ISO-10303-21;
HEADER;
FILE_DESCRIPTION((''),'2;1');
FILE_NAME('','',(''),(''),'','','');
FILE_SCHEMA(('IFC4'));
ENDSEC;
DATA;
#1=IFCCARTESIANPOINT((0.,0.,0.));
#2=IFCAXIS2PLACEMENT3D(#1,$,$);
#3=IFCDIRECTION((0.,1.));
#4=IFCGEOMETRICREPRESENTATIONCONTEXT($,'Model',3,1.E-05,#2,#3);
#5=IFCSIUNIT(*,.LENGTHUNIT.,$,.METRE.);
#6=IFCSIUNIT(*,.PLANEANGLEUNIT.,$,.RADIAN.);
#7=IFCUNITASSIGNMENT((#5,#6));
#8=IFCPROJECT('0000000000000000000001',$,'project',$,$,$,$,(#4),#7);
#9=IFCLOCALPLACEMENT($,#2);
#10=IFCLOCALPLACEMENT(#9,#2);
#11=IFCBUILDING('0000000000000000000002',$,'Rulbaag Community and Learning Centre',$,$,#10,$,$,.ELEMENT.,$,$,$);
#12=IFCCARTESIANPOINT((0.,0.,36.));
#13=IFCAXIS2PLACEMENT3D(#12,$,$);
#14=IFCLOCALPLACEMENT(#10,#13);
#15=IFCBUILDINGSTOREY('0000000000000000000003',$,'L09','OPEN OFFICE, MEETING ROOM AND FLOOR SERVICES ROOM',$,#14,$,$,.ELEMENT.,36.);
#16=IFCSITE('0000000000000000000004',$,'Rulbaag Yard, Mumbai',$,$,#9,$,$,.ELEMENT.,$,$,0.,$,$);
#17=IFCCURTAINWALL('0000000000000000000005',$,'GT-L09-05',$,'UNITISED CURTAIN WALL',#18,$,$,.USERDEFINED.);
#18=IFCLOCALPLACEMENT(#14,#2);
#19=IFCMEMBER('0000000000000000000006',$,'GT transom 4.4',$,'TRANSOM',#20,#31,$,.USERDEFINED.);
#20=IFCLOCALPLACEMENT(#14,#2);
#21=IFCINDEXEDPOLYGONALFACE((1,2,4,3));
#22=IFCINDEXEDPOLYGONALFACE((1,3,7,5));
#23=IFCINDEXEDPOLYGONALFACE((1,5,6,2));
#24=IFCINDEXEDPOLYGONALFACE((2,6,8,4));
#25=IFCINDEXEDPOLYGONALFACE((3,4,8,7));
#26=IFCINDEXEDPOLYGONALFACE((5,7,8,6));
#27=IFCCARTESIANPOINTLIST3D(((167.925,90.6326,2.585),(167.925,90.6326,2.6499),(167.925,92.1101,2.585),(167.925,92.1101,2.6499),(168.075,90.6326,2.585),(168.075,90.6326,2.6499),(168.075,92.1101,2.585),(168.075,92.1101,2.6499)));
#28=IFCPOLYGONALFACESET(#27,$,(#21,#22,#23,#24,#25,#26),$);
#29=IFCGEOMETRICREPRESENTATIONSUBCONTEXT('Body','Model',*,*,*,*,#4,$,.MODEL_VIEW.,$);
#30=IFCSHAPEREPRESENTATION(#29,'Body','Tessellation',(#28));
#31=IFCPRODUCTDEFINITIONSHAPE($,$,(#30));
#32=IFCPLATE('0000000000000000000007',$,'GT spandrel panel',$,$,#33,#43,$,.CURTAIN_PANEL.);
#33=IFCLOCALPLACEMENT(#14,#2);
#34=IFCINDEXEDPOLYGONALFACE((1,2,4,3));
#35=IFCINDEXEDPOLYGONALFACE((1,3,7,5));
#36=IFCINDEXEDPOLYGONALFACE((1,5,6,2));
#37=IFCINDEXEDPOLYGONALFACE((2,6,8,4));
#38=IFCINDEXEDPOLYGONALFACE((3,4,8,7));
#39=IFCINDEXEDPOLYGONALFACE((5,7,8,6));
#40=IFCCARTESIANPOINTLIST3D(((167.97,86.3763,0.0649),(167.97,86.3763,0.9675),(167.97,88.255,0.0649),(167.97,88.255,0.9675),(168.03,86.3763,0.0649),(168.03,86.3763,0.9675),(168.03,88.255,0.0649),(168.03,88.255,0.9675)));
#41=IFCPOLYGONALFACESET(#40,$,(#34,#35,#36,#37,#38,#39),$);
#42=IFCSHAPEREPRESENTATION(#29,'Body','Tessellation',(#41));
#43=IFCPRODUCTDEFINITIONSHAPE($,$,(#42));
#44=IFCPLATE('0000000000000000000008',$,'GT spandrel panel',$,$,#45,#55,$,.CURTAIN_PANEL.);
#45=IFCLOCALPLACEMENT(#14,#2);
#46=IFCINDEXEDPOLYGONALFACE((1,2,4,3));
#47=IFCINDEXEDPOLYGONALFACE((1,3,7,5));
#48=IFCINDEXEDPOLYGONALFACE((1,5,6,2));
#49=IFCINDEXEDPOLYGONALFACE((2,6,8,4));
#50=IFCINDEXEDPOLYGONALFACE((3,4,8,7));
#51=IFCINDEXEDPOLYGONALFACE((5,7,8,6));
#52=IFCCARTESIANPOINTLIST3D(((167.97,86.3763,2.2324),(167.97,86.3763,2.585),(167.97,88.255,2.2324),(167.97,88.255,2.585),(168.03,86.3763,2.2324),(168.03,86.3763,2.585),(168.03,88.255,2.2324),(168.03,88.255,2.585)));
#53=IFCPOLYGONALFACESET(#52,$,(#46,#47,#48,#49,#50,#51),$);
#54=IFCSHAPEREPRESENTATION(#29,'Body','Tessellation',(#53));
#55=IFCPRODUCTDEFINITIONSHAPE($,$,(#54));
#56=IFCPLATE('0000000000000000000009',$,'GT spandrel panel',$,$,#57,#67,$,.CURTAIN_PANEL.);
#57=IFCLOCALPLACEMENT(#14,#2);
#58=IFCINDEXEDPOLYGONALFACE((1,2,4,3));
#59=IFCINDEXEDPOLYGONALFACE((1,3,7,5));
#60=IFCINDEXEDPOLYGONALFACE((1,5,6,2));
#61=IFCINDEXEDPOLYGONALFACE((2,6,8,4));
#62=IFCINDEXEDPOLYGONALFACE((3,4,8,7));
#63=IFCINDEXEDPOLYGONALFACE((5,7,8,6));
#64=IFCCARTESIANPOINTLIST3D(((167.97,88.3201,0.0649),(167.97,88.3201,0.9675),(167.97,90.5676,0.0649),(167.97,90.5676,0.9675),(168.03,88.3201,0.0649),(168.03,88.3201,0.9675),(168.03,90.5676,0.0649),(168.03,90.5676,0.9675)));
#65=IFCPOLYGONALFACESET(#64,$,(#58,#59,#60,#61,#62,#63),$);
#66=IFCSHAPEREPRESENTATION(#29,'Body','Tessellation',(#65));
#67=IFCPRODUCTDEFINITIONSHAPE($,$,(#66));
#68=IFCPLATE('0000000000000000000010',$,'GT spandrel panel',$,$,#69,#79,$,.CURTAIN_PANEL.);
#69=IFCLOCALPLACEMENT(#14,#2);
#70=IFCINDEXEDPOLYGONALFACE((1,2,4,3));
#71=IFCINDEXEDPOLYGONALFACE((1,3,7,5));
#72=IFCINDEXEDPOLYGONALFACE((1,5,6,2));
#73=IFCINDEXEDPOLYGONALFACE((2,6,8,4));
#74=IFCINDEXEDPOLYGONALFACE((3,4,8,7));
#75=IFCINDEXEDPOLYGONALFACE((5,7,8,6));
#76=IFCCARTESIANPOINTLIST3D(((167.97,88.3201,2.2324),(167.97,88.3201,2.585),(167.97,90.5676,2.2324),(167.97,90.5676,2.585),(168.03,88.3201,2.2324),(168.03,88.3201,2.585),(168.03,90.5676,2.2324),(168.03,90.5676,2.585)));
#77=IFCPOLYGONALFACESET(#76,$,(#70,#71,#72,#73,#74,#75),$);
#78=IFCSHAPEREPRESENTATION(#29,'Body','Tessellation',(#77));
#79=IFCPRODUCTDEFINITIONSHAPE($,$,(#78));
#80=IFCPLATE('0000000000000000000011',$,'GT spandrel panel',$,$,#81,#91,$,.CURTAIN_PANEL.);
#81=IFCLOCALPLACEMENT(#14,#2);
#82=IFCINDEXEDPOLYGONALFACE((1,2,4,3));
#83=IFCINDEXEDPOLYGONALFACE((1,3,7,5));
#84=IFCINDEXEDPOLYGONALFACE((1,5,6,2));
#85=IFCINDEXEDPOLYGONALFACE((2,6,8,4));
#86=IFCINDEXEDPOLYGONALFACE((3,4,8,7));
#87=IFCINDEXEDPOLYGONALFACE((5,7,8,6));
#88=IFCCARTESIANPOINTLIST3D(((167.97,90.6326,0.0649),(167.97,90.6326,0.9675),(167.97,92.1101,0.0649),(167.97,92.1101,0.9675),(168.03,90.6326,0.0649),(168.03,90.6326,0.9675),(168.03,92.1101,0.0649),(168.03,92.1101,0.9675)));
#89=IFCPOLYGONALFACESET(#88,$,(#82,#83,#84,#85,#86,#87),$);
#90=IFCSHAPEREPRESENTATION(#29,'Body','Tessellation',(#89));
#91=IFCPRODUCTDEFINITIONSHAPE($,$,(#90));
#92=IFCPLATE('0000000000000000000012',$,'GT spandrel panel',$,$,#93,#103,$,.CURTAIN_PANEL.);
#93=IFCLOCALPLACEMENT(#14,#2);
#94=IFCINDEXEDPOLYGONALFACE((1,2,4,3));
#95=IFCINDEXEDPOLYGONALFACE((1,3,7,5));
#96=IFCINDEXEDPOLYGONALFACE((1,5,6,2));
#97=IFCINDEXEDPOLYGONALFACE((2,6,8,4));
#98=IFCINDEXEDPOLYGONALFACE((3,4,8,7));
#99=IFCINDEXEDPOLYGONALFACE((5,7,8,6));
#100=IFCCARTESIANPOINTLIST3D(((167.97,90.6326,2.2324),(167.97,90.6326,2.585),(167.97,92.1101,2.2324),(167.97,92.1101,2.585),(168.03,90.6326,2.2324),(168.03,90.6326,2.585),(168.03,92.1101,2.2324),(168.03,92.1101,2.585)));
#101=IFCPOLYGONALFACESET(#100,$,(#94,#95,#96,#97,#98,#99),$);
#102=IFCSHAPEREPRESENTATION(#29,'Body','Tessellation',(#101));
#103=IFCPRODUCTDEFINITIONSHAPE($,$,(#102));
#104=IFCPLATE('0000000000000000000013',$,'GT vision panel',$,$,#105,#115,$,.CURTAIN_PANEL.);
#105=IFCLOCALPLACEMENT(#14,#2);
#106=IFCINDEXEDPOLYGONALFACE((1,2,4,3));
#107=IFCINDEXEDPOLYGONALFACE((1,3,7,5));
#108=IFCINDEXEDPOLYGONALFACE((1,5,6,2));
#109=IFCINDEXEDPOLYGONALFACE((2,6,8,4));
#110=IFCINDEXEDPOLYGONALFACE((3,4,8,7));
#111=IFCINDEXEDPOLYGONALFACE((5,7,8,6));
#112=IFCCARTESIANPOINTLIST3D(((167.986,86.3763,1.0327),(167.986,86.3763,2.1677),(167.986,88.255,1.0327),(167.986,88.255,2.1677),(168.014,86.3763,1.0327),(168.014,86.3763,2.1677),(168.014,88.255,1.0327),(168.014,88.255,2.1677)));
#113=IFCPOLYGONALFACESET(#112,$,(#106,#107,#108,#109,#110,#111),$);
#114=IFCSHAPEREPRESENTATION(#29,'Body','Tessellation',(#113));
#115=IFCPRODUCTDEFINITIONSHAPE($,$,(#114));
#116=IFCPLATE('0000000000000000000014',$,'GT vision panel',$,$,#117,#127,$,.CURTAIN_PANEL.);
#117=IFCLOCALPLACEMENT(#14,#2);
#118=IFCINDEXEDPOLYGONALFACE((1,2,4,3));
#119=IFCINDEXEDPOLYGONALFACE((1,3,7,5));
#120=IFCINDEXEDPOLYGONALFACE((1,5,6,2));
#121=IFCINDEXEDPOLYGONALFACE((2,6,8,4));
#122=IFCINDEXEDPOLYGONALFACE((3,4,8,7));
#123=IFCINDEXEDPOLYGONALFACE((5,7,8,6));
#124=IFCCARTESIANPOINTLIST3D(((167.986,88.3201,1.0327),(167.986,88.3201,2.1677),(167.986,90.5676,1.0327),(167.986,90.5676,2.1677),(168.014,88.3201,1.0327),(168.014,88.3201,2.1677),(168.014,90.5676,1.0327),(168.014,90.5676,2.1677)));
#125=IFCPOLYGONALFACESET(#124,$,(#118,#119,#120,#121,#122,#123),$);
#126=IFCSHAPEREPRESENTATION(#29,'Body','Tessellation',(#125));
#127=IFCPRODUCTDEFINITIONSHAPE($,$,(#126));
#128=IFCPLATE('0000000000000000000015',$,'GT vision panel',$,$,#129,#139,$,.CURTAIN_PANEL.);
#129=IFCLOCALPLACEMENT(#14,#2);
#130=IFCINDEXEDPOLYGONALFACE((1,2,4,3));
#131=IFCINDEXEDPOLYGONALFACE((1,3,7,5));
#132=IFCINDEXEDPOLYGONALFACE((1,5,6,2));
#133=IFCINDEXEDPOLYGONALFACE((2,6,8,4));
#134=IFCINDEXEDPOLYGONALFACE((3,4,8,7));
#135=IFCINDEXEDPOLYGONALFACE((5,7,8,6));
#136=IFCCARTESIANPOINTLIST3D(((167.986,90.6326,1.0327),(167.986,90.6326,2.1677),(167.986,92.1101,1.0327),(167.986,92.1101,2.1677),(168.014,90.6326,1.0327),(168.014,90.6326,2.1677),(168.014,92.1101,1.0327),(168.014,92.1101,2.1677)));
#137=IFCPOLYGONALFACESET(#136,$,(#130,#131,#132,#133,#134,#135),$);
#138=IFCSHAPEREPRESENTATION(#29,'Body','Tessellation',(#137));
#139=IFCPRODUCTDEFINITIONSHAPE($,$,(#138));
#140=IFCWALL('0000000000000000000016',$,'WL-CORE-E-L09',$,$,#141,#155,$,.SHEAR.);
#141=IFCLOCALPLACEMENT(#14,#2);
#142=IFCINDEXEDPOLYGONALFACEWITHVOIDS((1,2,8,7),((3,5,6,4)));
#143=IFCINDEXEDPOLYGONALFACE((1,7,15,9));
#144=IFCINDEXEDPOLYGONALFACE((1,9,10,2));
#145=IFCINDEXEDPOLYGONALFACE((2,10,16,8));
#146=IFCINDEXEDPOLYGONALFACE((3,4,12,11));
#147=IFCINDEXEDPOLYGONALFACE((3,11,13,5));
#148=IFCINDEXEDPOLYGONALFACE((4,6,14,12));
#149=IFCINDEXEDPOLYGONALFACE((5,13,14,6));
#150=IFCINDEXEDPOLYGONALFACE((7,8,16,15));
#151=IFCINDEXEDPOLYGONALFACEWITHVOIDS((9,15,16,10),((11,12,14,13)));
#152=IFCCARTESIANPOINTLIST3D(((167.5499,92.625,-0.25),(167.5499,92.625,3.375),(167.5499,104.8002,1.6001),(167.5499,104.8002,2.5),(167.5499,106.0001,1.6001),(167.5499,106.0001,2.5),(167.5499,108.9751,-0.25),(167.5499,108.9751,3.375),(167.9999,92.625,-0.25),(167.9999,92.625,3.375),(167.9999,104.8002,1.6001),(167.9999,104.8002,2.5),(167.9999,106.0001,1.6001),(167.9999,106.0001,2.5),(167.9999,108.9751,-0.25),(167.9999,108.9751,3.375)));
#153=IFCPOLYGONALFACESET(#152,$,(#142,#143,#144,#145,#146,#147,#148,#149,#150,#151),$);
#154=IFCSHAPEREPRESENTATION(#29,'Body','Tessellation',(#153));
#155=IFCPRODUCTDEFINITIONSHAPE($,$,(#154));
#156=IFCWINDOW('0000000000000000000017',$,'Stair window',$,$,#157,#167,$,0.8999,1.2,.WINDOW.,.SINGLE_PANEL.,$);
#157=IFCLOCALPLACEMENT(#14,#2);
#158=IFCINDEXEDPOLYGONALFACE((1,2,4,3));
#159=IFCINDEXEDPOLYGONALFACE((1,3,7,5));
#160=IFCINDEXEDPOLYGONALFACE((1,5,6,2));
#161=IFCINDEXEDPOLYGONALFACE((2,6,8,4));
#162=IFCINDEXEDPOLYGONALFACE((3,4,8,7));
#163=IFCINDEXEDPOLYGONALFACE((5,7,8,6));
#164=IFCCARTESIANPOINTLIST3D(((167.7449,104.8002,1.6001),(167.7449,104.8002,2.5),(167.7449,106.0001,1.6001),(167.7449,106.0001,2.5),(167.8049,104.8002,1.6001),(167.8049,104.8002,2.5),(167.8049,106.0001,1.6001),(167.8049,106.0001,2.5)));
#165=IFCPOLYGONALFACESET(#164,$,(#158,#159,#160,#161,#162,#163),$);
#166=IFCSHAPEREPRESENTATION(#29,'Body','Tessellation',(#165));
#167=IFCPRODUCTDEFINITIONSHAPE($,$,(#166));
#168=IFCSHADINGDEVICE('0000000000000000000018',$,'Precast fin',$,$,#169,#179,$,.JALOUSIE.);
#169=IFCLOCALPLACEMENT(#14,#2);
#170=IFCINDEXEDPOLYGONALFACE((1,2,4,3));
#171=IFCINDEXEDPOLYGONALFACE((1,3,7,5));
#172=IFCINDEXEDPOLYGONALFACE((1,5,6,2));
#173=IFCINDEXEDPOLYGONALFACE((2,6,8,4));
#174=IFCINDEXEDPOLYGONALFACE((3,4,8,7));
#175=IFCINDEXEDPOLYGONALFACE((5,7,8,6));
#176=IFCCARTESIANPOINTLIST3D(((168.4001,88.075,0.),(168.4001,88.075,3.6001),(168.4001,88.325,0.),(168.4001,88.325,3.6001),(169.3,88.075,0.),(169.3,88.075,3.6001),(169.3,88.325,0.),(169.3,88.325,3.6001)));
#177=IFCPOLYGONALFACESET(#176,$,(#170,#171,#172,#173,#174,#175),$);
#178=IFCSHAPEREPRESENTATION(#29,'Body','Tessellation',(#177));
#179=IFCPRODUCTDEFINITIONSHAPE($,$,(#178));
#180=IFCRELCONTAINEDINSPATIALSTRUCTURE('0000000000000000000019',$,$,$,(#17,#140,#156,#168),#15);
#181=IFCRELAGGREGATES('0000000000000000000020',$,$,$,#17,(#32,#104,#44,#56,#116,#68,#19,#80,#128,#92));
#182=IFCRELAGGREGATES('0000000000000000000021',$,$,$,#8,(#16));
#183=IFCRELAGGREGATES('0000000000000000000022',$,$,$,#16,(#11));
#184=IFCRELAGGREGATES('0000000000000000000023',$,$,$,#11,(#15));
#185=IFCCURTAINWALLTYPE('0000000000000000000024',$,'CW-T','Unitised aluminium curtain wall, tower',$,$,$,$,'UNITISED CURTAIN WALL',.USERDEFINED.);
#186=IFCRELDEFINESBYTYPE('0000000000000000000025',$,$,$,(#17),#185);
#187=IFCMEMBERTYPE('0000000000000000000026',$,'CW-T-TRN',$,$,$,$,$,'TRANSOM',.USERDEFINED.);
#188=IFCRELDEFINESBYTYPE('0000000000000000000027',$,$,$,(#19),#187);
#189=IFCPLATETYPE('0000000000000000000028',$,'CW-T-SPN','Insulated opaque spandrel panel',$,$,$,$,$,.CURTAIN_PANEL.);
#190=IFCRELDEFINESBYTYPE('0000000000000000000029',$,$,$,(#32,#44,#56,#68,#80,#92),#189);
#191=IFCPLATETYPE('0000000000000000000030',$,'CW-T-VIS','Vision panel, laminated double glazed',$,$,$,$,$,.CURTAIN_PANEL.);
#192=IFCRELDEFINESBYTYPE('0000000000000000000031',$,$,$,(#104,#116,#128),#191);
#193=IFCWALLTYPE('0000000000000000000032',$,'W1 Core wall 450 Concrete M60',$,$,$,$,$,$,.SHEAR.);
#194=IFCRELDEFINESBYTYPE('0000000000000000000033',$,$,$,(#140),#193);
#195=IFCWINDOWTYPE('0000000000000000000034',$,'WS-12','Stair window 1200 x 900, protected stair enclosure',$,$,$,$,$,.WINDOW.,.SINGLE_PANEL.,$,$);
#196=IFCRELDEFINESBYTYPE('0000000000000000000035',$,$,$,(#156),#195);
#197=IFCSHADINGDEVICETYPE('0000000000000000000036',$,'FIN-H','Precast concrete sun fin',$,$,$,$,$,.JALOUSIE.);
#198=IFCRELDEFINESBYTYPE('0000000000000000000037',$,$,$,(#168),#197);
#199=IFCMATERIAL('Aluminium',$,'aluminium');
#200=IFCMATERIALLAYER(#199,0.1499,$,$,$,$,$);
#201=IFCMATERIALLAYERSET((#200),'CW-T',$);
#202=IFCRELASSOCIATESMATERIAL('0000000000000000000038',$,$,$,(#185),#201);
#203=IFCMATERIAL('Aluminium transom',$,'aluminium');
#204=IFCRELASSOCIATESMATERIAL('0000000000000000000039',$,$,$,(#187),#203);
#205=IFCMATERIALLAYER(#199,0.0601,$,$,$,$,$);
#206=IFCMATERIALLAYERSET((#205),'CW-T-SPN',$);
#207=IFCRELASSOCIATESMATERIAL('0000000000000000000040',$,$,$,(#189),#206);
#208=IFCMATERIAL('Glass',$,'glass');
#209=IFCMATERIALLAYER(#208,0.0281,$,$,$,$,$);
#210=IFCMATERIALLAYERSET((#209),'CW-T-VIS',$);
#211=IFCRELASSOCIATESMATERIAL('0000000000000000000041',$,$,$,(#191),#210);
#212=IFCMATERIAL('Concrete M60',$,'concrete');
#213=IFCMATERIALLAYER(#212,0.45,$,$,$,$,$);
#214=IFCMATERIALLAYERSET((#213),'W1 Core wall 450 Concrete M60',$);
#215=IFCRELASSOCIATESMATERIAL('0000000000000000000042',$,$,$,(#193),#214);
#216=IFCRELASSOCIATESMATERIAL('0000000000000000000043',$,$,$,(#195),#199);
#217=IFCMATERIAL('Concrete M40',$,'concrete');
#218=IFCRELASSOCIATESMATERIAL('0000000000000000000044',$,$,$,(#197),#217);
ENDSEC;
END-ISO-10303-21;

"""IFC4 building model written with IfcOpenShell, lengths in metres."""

from ifc_helpers import new_model, si_unit, direction, frame, frame_2d, origin, origin_2d, place, context, subcontext, project, spatial, rectangle, extrude, material, layer, layer_set, material_profile, profile_set, type_object, element, fill, aggregate, save


model = new_model("IFC4")

# Units and contexts
model_context = context("Model", 3, precision=1e-05, world=origin(), true_north=direction((0.0, 1.0)))
body_context = subcontext(model_context, "Body", "Model", "MODEL_VIEW")
ifc_project = project(units=[si_unit("LENGTHUNIT", "METRE"), si_unit("PLANEANGLEUNIT", "RADIAN")], contexts=[model_context])

# Site, building, storey
site_placement = place(None, origin())
site = spatial("IfcSite", under=ifc_project, at=site_placement, Name="Rulbaag Yard, Mumbai", CompositionType="ELEMENT", RefElevation=0.0)
building_placement = place(site_placement, origin())
building = spatial("IfcBuilding", under=site, at=building_placement, Name="Rulbaag Community and Learning Centre", CompositionType="ELEMENT")
storey_placement = place(building_placement, frame((0.0, 0.0, 36.0)))
storey = spatial("IfcBuildingStorey", under=building, at=storey_placement, Name="L09", Description="OPEN OFFICE, MEETING ROOM AND FLOOR SERVICES ROOM", CompositionType="ELEMENT", Elevation=36.0)

# Curtain wall, member, plates
ifc_material_1 = material(Name="Aluminium", Category="aluminium")
ifc_layer_1 = layer(ifc_material_1, 0.1499)
ifc_layer_set_1 = layer_set([ifc_layer_1], Name="CW-T")
curtain_wall_type = type_object("IfcCurtainWallType", Name="CW-T", Description="Unitised aluminium curtain wall, tower", ElementType="UNITISED CURTAIN WALL", PredefinedType="USERDEFINED", material=ifc_layer_set_1)
curtain_wall_placement = place(storey_placement, origin())
curtain_wall = element("IfcCurtainWall", 1, at=curtain_wall_placement, inside=storey, type_object=curtain_wall_type, Name="GT-L09-05", ObjectType="UNITISED CURTAIN WALL", PredefinedType="USERDEFINED")
ifc_material_2 = material(Name="Aluminium transom", Category="aluminium")
ifc_material_profile_1 = material_profile(ifc_material_2, rectangle(XDim=0.1499, YDim=0.0649, at=origin_2d()), Name="AL 65x150 T")
ifc_profile_set_1 = profile_set([ifc_material_profile_1], Name="Aluminium transom")
member_type_1 = type_object("IfcMemberType", Name="CW-T-TRN", ElementType="TRANSOM", PredefinedType="USERDEFINED", material=ifc_profile_set_1)
member_1_placement = place(storey_placement, frame((168.0, 90.6326, 2.6174), z_axis=(0.0, 1.0, 0.0), x_axis=(-1.0, 0.0, 0.0)))
member_1 = element("IfcMember", 2, at=member_1_placement, type_object=member_type_1, Name="GT transom 4.4", ObjectType="TRANSOM", PredefinedType="USERDEFINED", context=body_context, shape_type="SweptSolid", body=[
    extrude(rectangle(XDim=0.1499, YDim=0.0649, at=origin_2d()), origin(), (0.0, 0.0, 1.0), 1.4775),
])
ifc_layer_2 = layer(ifc_material_1, 0.0601)
ifc_layer_set_2 = layer_set([ifc_layer_2], Name="CW-T-SPN")
plate_type_1 = type_object("IfcPlateType", Name="CW-T-SPN", Description="Insulated opaque spandrel panel", PredefinedType="CURTAIN_PANEL", material=ifc_layer_set_2)
plate_1_placement = place(storey_placement, frame((168.0, 87.3157, 0.0649), z_axis=(0.0, 0.0, 1.0), x_axis=(0.0, 1.0, 0.0)))
plate_1 = element("IfcPlate", 3, at=plate_1_placement, type_object=plate_type_1, Name="GT spandrel panel", PredefinedType="CURTAIN_PANEL", context=body_context, shape_type="SweptSolid", body=[
    extrude(rectangle(XDim=1.8787, YDim=0.0601, at=origin_2d()), origin(), (0.0, 0.0, 1.0), 0.9026),
])
plate_2_placement = place(storey_placement, frame((168.0, 87.3157, 2.2324), z_axis=(0.0, 0.0, 1.0), x_axis=(0.0, 1.0, 0.0)))
plate_2 = element("IfcPlate", 4, at=plate_2_placement, type_object=plate_type_1, Name="GT spandrel panel", PredefinedType="CURTAIN_PANEL", context=body_context, shape_type="SweptSolid", body=[
    extrude(rectangle(XDim=1.8787, YDim=0.0601, at=origin_2d()), origin(), (0.0, 0.0, 1.0), 0.3525),
])
plate_3_placement = place(storey_placement, frame((168.0, 89.4438, 0.0649), z_axis=(0.0, 0.0, 1.0), x_axis=(0.0, 1.0, 0.0)))
plate_3 = element("IfcPlate", 5, at=plate_3_placement, type_object=plate_type_1, Name="GT spandrel panel", PredefinedType="CURTAIN_PANEL", context=body_context, shape_type="SweptSolid", body=[
    extrude(rectangle(XDim=2.2476, YDim=0.0601, at=origin_2d()), origin(), (0.0, 0.0, 1.0), 0.9026),
])
plate_4_placement = place(storey_placement, frame((168.0, 89.4438, 2.2324), z_axis=(0.0, 0.0, 1.0), x_axis=(0.0, 1.0, 0.0)))
plate_4 = element("IfcPlate", 6, at=plate_4_placement, type_object=plate_type_1, Name="GT spandrel panel", PredefinedType="CURTAIN_PANEL", context=body_context, shape_type="SweptSolid", body=[
    extrude(rectangle(XDim=2.2476, YDim=0.0601, at=origin_2d()), origin(), (0.0, 0.0, 1.0), 0.3525),
])
plate_5_placement = place(storey_placement, frame((168.0, 91.3713, 0.0649), z_axis=(0.0, 0.0, 1.0), x_axis=(0.0, 1.0, 0.0)))
plate_5 = element("IfcPlate", 7, at=plate_5_placement, type_object=plate_type_1, Name="GT spandrel panel", PredefinedType="CURTAIN_PANEL", context=body_context, shape_type="SweptSolid", body=[
    extrude(rectangle(XDim=1.4775, YDim=0.0601, at=origin_2d()), origin(), (0.0, 0.0, 1.0), 0.9026),
])
plate_6_placement = place(storey_placement, frame((168.0, 91.3713, 2.2324), z_axis=(0.0, 0.0, 1.0), x_axis=(0.0, 1.0, 0.0)))
plate_6 = element("IfcPlate", 8, at=plate_6_placement, type_object=plate_type_1, Name="GT spandrel panel", PredefinedType="CURTAIN_PANEL", context=body_context, shape_type="SweptSolid", body=[
    extrude(rectangle(XDim=1.4775, YDim=0.0601, at=origin_2d()), origin(), (0.0, 0.0, 1.0), 0.3525),
])
ifc_material_3 = material(Name="Glass", Category="glass")
ifc_layer_3 = layer(ifc_material_3, 0.0281)
ifc_layer_set_3 = layer_set([ifc_layer_3], Name="CW-T-VIS")
plate_type_2 = type_object("IfcPlateType", Name="CW-T-VIS", Description="Vision panel, laminated double glazed", PredefinedType="CURTAIN_PANEL", material=ifc_layer_set_3)
plate_7_placement = place(storey_placement, frame((168.0, 87.3157, 1.0327), z_axis=(0.0, 0.0, 1.0), x_axis=(0.0, 1.0, 0.0)))
plate_7 = element("IfcPlate", 9, at=plate_7_placement, type_object=plate_type_2, Name="GT vision panel", PredefinedType="CURTAIN_PANEL", context=body_context, shape_type="SweptSolid", body=[
    extrude(rectangle(XDim=1.8787, YDim=0.0281, at=origin_2d()), origin(), (0.0, 0.0, 1.0), 1.135),
])
plate_8_placement = place(storey_placement, frame((168.0, 89.4438, 1.0327), z_axis=(0.0, 0.0, 1.0), x_axis=(0.0, 1.0, 0.0)))
plate_8 = element("IfcPlate", 10, at=plate_8_placement, type_object=plate_type_2, Name="GT vision panel", PredefinedType="CURTAIN_PANEL", context=body_context, shape_type="SweptSolid", body=[
    extrude(rectangle(XDim=2.2476, YDim=0.0281, at=origin_2d()), origin(), (0.0, 0.0, 1.0), 1.135),
])
plate_9_placement = place(storey_placement, frame((168.0, 91.3713, 1.0327), z_axis=(0.0, 0.0, 1.0), x_axis=(0.0, 1.0, 0.0)))
plate_9 = element("IfcPlate", 11, at=plate_9_placement, type_object=plate_type_2, Name="GT vision panel", PredefinedType="CURTAIN_PANEL", context=body_context, shape_type="SweptSolid", body=[
    extrude(rectangle(XDim=1.4775, YDim=0.0281, at=origin_2d()), origin(), (0.0, 0.0, 1.0), 1.135),
])
aggregate(curtain_wall, [plate_1, plate_7, plate_2, plate_3, plate_8, plate_4, member_1, plate_5, plate_9, plate_6])

# Wall, opening, window
ifc_material_4 = material(Name="Concrete M60", Category="concrete")
ifc_layer_4 = layer(ifc_material_4, 0.45)
ifc_layer_set_4 = layer_set([ifc_layer_4], Name="W1 Core wall 450 Concrete M60")
wall_type = type_object("IfcWallType", Name="W1 Core wall 450 Concrete M60", PredefinedType="SHEAR", material=ifc_layer_set_4)
wall_placement = place(storey_placement, frame((167.7749, 92.625, -0.25), z_axis=(0.0, 0.0, 1.0), x_axis=(0.0, 1.0, 0.0)))
wall = element("IfcWall", 12, at=wall_placement, inside=storey, type_object=wall_type, Name="WL-CORE-E-L09", PredefinedType="SHEAR", context=body_context, shape_type="SweptSolid", body=[
    extrude(rectangle(XDim=16.3501, YDim=0.45, at=frame_2d((8.175, 0.0))), origin(), (0.0, 0.0, 1.0), 3.625),
])
opening_placement = place(wall_placement, frame((12.175, 0.0, 1.8501)))
opening = element("IfcOpeningElement", 13, at=opening_placement, cuts=wall, PredefinedType="OPENING", context=body_context, shape_type="SweptSolid", body=[
    extrude(rectangle(XDim=1.2, YDim=0.8999, at=frame_2d((0.6001, 0.45))), frame((0.0, 0.2349, 0.0), z_axis=(0.0, -1.0, 0.0), x_axis=(1.0, 0.0, 0.0)), (0.0, 0.0, 1.0), 0.47),
])
window_type = type_object("IfcWindowType", Name="WS-12", Description="Stair window 1200 x 900, protected stair enclosure", PartitioningType="SINGLE_PANEL", PredefinedType="WINDOW", material=ifc_material_1)
window_placement = place(opening_placement, origin())
window = element("IfcWindow", 14, at=window_placement, inside=storey, type_object=window_type, Name="Stair window", OverallHeight=0.8999, OverallWidth=1.2, PartitioningType="SINGLE_PANEL", PredefinedType="WINDOW", context=body_context, shape_type="SweptSolid", body=[
    extrude(rectangle(XDim=1.2, YDim=0.8999, at=frame_2d((0.6001, 0.45))), frame((0.0, 0.03, 0.0), z_axis=(0.0, -1.0, 0.0), x_axis=(1.0, 0.0, 0.0)), (0.0, 0.0, 1.0), 0.0601),
])
fill(opening, window)

# Shading device
ifc_material_5 = material(Name="Concrete M40", Category="concrete")
ifc_material_profile_2 = material_profile(ifc_material_5, rectangle(XDim=0.25, YDim=0.8999, at=origin_2d()), Name="PC 250x900")
ifc_profile_set_2 = profile_set([ifc_material_profile_2], Name="Concrete M40")
shading_device_type = type_object("IfcShadingDeviceType", Name="FIN-H", Description="Precast concrete sun fin", PredefinedType="JALOUSIE", material=ifc_profile_set_2)
for number, where, z_axis, x_axis, name in (
    (15, (168.8501, 88.2, 0.0), (0.0, 0.0, 1.0), (0.0, 1.0, 0.0), "Precast fin"),
):
    element("IfcShadingDevice", number, at=place(storey_placement, frame(where, z_axis=z_axis, x_axis=x_axis)), inside=storey, type_object=shading_device_type, Name=name, PredefinedType="JALOUSIE", context=body_context, shape_type="SweptSolid", body=[
        extrude(rectangle(XDim=0.25, YDim=0.8999, at=origin_2d()), origin(), (0.0, 0.0, 1.0), 3.6001),
    ])

save(model, "model.ifc")
